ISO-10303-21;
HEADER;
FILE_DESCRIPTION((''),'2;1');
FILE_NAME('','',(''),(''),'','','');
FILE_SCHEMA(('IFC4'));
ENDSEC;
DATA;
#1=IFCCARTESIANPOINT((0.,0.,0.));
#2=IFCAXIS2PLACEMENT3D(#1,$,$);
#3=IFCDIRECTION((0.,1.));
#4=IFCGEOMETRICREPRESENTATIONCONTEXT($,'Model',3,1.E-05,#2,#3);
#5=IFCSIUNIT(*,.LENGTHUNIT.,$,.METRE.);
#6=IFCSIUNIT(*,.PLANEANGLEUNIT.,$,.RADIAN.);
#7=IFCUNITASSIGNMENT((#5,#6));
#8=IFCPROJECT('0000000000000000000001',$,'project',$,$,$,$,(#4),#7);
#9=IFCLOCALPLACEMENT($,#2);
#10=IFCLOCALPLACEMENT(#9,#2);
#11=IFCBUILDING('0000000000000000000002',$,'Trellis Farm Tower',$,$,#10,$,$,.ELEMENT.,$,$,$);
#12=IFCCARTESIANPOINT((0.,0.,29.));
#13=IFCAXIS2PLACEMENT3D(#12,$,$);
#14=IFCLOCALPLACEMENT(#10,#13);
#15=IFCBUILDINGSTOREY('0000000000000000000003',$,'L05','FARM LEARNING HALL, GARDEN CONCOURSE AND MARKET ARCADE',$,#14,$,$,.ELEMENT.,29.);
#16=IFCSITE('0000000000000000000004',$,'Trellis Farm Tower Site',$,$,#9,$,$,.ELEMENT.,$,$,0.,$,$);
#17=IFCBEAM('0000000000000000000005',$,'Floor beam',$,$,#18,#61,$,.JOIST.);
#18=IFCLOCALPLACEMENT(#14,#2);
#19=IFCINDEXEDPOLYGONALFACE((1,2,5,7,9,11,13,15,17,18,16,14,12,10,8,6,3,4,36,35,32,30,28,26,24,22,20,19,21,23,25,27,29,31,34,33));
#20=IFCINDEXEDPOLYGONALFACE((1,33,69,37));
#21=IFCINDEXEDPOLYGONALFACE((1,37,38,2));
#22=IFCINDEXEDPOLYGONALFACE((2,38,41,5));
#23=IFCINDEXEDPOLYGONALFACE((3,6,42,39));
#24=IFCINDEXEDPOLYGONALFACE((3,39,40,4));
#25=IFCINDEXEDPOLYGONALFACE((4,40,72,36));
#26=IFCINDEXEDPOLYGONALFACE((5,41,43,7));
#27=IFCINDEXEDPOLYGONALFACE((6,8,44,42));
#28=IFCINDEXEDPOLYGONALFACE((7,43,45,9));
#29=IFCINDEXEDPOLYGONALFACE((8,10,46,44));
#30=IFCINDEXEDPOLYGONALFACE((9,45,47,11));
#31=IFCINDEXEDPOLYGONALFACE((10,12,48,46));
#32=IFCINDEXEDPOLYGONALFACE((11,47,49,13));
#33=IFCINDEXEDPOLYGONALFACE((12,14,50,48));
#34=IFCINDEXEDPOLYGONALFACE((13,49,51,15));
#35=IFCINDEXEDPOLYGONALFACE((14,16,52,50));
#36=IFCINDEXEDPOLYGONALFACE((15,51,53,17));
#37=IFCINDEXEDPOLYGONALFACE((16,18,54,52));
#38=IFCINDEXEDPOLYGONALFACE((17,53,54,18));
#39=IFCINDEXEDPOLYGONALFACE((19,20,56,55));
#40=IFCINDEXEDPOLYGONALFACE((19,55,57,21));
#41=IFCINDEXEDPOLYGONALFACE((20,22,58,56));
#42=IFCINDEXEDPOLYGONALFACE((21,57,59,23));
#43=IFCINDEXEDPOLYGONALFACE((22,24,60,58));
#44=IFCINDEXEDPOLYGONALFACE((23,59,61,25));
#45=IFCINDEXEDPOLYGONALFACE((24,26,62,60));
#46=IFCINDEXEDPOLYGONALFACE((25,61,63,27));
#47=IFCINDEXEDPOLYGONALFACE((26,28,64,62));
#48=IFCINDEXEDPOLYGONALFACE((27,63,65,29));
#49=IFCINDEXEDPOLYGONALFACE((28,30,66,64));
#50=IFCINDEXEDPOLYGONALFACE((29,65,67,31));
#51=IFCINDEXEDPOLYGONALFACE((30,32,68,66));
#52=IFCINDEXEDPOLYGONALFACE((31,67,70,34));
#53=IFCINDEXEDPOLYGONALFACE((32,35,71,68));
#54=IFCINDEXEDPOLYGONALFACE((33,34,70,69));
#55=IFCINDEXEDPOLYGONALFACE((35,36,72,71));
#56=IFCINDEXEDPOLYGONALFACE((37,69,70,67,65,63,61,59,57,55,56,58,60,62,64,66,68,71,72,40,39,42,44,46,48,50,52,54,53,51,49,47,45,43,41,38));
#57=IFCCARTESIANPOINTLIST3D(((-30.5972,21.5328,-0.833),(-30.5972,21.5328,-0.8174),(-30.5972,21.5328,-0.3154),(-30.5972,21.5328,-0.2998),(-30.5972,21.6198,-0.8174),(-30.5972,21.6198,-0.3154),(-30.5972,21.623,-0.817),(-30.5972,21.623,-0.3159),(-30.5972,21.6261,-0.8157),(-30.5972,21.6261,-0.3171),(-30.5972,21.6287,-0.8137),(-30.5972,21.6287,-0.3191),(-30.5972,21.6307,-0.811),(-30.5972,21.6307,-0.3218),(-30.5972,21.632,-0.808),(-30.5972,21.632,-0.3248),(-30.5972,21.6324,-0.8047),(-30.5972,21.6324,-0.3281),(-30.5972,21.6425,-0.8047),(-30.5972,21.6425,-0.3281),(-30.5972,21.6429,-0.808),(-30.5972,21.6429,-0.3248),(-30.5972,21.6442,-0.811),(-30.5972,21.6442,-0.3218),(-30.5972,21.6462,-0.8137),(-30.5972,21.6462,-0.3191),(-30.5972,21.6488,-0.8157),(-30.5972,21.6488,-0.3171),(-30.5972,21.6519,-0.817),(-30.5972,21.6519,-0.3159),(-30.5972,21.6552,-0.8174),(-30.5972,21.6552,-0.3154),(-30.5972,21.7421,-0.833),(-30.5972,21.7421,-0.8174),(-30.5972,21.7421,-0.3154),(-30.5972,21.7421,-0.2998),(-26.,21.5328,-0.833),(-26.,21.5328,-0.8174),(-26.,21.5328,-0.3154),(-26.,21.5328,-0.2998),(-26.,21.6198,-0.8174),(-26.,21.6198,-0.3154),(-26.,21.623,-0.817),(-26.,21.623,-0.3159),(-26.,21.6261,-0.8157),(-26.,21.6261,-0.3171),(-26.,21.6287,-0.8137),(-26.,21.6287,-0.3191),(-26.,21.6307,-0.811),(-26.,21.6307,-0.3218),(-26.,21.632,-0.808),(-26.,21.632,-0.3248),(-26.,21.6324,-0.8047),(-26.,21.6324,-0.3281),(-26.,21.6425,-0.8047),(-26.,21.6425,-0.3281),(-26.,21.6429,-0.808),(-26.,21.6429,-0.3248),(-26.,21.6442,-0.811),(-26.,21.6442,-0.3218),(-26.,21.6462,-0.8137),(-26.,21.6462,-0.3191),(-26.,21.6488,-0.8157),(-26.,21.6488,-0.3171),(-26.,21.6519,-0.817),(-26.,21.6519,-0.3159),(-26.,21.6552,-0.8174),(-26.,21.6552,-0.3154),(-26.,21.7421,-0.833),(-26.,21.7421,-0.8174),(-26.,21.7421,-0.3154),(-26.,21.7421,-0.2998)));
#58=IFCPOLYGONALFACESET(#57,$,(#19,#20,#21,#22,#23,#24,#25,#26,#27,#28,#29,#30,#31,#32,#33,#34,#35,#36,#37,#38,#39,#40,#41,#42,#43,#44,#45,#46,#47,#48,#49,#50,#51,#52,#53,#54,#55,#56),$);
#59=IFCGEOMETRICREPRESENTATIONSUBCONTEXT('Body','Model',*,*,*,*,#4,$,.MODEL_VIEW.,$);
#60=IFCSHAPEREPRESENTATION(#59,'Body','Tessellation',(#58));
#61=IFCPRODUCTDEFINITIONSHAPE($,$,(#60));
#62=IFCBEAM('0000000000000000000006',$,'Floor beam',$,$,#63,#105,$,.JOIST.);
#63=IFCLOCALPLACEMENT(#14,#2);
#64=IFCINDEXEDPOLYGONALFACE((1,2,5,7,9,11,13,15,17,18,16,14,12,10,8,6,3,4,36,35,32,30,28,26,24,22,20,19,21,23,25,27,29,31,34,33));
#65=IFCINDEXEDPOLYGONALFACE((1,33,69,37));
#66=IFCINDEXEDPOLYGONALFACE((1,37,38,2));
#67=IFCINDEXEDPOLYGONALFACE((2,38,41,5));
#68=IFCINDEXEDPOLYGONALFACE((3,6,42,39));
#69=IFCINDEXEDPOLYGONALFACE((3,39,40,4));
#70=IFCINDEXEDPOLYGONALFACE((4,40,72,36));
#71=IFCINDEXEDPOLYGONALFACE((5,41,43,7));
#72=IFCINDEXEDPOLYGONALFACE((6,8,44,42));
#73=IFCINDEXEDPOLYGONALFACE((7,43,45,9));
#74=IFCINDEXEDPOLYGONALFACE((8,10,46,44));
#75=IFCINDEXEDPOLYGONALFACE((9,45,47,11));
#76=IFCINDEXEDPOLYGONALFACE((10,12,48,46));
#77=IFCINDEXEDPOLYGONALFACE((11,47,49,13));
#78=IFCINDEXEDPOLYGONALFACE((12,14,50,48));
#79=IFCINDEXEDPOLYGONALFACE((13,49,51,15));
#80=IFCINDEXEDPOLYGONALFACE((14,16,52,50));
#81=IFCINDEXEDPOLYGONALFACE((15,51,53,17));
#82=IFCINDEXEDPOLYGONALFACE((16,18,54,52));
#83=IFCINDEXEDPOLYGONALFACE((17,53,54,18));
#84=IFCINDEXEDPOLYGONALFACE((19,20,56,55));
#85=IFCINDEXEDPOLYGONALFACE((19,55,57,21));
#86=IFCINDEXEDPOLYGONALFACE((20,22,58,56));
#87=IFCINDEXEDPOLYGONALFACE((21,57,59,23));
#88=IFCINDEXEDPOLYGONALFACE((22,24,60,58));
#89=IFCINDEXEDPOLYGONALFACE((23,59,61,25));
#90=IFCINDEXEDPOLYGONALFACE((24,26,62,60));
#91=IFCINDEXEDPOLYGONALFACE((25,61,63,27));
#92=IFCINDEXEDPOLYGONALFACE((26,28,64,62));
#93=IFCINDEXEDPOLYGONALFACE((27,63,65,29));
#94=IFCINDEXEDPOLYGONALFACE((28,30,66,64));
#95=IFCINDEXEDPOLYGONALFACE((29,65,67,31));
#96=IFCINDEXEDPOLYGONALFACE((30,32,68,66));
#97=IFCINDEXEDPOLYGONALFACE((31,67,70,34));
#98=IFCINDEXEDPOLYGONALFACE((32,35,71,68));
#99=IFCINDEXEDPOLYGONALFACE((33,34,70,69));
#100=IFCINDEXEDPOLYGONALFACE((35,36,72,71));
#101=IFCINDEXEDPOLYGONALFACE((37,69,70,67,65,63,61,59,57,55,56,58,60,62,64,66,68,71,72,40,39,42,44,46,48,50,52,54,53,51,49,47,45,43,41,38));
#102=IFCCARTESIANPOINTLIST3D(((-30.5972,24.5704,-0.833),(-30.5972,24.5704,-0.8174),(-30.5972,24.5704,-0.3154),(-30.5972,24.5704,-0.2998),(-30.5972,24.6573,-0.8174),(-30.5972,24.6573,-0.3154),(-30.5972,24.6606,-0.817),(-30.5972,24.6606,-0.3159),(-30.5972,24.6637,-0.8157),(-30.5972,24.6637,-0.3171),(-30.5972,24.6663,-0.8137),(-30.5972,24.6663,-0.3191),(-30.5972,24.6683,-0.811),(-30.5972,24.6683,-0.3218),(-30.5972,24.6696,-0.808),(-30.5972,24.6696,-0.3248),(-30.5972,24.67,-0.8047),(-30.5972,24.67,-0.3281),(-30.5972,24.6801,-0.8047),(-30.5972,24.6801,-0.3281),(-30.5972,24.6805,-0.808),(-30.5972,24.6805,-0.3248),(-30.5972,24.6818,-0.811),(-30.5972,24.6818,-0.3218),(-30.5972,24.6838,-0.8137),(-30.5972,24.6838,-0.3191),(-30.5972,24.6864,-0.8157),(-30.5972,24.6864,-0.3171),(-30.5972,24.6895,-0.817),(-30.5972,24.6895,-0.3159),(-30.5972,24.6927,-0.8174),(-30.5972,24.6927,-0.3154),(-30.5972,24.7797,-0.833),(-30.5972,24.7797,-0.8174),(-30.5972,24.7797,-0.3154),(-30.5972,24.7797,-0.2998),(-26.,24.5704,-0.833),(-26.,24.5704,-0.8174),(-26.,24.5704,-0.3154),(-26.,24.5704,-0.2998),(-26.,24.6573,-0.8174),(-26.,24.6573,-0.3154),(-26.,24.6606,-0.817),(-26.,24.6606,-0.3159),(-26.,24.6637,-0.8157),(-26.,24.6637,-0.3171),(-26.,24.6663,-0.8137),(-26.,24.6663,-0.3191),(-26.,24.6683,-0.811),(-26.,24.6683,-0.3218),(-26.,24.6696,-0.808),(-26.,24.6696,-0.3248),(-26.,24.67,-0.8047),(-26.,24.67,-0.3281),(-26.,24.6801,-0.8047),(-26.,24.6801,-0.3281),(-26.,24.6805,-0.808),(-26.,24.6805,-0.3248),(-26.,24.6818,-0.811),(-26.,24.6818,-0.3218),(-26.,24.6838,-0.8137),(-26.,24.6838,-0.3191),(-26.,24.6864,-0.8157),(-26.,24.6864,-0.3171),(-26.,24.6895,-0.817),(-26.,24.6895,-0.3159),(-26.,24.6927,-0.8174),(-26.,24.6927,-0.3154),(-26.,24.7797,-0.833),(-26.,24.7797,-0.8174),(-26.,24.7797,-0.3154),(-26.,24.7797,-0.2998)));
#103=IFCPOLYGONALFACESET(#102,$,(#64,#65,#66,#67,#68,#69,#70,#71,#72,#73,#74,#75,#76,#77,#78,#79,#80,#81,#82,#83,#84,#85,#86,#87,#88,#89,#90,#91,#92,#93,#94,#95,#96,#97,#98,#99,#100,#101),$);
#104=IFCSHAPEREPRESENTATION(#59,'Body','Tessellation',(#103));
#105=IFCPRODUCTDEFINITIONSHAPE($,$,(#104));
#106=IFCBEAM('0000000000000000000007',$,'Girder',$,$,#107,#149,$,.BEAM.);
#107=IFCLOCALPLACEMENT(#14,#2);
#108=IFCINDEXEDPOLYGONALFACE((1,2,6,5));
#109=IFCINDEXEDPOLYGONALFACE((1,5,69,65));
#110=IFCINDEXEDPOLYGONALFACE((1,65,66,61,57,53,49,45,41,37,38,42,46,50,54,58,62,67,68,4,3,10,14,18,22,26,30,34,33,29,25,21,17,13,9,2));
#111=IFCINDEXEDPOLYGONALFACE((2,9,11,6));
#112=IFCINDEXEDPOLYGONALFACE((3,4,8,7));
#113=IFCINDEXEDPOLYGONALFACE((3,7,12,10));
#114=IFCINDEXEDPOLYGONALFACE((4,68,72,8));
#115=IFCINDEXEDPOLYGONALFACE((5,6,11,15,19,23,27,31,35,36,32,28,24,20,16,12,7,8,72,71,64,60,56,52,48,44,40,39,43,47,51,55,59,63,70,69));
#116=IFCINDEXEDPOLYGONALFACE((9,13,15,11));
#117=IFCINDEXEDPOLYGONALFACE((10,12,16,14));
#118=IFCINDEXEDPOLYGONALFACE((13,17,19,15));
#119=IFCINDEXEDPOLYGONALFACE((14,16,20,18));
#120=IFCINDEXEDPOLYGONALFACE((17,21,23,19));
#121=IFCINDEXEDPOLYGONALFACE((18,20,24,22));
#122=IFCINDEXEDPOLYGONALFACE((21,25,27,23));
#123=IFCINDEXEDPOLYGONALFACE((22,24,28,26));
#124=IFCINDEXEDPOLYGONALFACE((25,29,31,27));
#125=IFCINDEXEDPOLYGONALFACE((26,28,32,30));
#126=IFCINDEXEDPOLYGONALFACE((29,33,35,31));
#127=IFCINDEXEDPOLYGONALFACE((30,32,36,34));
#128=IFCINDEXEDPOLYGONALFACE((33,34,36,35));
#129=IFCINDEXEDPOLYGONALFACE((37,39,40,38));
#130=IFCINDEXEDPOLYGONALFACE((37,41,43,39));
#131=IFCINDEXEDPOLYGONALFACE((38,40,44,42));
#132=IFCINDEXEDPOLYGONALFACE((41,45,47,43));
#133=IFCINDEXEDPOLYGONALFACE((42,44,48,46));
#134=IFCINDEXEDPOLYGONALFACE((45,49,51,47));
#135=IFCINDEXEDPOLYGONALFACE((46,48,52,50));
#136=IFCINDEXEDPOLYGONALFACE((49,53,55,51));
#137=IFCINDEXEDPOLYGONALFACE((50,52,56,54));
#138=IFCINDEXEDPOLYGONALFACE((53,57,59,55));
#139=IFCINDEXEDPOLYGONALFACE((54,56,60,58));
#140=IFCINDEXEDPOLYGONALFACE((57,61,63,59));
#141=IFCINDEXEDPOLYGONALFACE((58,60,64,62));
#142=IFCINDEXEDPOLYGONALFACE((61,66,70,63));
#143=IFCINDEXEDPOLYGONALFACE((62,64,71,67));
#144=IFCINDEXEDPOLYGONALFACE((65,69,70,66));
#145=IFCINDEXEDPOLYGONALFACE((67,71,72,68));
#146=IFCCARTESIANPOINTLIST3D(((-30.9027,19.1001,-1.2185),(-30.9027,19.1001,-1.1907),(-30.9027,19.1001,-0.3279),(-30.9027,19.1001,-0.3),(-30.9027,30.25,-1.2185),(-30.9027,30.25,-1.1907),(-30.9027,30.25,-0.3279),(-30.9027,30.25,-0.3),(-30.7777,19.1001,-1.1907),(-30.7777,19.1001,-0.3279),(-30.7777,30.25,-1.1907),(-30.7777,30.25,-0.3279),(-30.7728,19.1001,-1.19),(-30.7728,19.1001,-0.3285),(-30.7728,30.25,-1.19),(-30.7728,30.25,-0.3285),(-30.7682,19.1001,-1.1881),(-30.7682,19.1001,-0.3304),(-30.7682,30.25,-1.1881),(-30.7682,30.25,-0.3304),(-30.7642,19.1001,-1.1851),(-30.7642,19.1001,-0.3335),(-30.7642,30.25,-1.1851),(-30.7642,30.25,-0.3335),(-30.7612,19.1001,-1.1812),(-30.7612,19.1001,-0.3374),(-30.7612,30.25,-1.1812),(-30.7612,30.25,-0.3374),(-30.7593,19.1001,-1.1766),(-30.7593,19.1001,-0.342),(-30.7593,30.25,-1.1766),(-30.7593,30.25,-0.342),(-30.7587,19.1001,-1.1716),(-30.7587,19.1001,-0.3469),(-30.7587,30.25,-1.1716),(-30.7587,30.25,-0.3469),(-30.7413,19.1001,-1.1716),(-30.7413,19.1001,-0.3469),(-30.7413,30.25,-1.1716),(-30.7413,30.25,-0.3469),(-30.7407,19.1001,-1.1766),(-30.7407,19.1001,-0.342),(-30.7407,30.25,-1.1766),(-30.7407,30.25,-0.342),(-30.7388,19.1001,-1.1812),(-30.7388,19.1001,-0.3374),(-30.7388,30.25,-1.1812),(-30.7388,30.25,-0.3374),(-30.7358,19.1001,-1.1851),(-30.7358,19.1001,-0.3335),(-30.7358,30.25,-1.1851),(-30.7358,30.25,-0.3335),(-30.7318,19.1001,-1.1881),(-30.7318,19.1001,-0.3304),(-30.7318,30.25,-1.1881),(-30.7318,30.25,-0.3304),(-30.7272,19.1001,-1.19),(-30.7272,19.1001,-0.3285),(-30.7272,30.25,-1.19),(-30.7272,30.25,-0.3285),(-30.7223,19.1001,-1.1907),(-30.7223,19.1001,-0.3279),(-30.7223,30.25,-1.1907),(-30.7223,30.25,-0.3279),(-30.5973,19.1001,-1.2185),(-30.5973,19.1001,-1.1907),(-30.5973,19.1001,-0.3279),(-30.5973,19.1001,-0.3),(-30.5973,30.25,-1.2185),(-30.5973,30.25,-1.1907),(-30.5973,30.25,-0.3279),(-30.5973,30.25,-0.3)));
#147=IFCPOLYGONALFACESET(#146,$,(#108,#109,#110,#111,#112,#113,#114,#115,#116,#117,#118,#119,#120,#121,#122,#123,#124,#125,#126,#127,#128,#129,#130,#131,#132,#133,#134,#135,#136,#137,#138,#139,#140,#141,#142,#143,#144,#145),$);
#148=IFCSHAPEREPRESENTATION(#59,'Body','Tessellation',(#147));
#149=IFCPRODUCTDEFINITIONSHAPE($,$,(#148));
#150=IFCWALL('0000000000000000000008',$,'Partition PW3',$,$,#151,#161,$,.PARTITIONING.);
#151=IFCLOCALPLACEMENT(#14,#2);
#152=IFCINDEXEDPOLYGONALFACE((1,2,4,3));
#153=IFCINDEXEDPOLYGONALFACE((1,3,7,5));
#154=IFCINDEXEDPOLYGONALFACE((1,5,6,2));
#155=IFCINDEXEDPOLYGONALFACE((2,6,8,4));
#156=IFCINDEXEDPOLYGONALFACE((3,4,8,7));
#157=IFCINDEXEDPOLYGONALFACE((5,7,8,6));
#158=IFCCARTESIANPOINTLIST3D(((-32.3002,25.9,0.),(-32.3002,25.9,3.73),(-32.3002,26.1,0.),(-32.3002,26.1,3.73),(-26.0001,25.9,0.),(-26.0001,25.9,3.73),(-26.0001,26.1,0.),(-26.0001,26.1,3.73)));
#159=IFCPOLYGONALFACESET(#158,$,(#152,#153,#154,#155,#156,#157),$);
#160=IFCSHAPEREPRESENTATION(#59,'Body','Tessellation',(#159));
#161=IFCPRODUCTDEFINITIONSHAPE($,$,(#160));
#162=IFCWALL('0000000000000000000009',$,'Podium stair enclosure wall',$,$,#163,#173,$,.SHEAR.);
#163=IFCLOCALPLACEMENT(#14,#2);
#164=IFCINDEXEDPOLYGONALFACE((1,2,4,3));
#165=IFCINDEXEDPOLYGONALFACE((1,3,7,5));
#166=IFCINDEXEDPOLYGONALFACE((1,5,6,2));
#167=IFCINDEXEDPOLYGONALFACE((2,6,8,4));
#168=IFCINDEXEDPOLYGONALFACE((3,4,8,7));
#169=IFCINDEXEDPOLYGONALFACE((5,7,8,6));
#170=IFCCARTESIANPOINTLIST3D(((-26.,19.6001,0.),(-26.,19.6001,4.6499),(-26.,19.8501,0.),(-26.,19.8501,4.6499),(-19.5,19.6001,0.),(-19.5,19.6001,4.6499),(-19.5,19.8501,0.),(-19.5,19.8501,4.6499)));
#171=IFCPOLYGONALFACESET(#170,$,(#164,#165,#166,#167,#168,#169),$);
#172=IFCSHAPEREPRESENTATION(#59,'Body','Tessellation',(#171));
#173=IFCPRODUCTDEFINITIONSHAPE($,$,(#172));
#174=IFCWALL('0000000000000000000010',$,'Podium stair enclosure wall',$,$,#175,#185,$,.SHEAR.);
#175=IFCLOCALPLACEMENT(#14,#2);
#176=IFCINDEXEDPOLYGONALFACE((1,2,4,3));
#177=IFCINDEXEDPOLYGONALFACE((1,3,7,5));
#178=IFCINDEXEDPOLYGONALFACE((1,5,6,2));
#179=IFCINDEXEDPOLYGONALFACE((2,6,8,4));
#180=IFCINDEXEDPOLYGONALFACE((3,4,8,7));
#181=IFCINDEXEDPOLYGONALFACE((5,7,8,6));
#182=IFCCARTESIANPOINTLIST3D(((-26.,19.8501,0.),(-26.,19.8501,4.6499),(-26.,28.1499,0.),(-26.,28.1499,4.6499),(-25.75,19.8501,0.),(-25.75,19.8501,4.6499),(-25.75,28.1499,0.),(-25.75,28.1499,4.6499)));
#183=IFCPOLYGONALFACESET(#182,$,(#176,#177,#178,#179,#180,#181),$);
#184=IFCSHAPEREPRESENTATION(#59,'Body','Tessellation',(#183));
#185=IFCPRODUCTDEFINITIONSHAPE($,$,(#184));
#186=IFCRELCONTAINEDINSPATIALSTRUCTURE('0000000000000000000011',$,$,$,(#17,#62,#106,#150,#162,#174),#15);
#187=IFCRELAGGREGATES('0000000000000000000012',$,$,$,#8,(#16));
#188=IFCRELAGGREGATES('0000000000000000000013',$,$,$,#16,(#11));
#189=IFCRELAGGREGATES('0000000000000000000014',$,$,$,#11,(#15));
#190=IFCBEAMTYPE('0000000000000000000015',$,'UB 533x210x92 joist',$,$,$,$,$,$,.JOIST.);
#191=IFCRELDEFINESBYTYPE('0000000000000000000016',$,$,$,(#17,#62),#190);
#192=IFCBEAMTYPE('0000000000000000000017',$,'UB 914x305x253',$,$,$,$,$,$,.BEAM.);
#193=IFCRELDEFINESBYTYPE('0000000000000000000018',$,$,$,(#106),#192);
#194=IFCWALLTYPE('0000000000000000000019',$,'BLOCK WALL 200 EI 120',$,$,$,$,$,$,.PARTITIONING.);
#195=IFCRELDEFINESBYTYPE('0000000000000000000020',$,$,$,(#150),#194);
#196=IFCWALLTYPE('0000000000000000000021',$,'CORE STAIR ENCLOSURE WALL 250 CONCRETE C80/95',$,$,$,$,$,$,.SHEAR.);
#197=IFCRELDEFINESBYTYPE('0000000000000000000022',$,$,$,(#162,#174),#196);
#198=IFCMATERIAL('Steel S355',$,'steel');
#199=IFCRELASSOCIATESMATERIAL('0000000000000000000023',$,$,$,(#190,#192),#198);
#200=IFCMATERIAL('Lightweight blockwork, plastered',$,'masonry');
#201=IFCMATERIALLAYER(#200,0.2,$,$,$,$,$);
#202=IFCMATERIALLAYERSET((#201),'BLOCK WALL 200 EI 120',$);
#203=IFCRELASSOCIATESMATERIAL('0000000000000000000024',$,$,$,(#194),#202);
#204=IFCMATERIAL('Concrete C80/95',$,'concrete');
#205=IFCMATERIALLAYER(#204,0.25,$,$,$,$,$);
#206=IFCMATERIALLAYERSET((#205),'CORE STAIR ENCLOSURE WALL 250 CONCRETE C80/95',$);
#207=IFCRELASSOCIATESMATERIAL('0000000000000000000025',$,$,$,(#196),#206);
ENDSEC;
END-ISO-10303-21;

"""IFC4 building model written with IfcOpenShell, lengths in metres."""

from ifc_helpers import new_model, si_unit, direction, frame, frame_2d, origin, origin_2d, place, context, subcontext, project, spatial, rectangle, i_section, extrude, source, transform, mapped, material, layer, layer_set, material_profile, profile_set, type_object, element, save


model = new_model("IFC4")

# Units and contexts
model_context = context("Model", 3, precision=1e-05, world=origin(), true_north=direction((0.0, 1.0)))
body_context = subcontext(model_context, "Body", "Model", "MODEL_VIEW")
ifc_project = project(units=[si_unit("LENGTHUNIT", "METRE"), si_unit("PLANEANGLEUNIT", "RADIAN")], contexts=[model_context])

# Site, building, storey
site_placement = place(None, origin())
site = spatial("IfcSite", under=ifc_project, at=site_placement, Name="Trellis Farm Tower Site", CompositionType="ELEMENT", RefElevation=0.0)
building_placement = place(site_placement, origin())
building = spatial("IfcBuilding", under=site, at=building_placement, Name="Trellis Farm Tower", CompositionType="ELEMENT")
storey_placement = place(building_placement, frame((0.0, 0.0, 29.0)))
storey = spatial("IfcBuildingStorey", under=building, at=storey_placement, Name="L05", Description="FARM LEARNING HALL, GARDEN CONCOURSE AND MARKET ARCADE", CompositionType="ELEMENT", Elevation=29.0)

# Beams
ifc_material_1 = material(Name="Steel S355", Category="steel")
ifc_material_profile_1 = material_profile(ifc_material_1, i_section(OverallWidth=0.2092, OverallDepth=0.5332, WebThickness=0.01, FlangeThickness=0.0156, FilletRadius=0.0127, at=origin_2d()), Name="UB 533x210x92")
ifc_profile_set_1 = profile_set([ifc_material_profile_1], Name="Steel S355")
beam_type_1 = type_object("IfcBeamType", Name="UB 533x210x92 joist", PredefinedType="JOIST", material=ifc_profile_set_1)
shared_shape_1 = source(origin(), body_context, "Body", "SweptSolid", [
    extrude(i_section(OverallWidth=0.2092, OverallDepth=0.5332, WebThickness=0.01, FlangeThickness=0.0156, FilletRadius=0.0127, at=origin_2d()), origin(), (0.0, 0.0, 1.0), 4.5972),
])
for number, where, z_axis, x_axis, name in (
    (1, (-30.5972, 21.6375, -0.5664), (1.0, 0.0, 0.0), (0.0, 1.0, 0.0), "Floor beam"),
    (2, (-30.5972, 24.675, -0.5664), (1.0, 0.0, 0.0), (0.0, 1.0, 0.0), "Floor beam"),
):
    element("IfcBeam", number, at=place(storey_placement, frame(where, z_axis=z_axis, x_axis=x_axis)), inside=storey, type_object=beam_type_1, Name=name, PredefinedType="JOIST", context=body_context, shape_type="MappedRepresentation", body=[
        mapped(shared_shape_1, transform((0.0, 0.0, 0.0))),
    ])
ifc_material_profile_2 = material_profile(ifc_material_1, i_section(OverallWidth=0.3054, OverallDepth=0.9185, WebThickness=0.0173, FlangeThickness=0.0278, FilletRadius=0.019, at=origin_2d()), Name="UB 914x305x253")
ifc_profile_set_2 = profile_set([ifc_material_profile_2], Name="Steel S355")
beam_type_2 = type_object("IfcBeamType", Name="UB 914x305x253", PredefinedType="BEAM", material=ifc_profile_set_2)
shared_shape_2 = source(origin(), body_context, "Body", "SweptSolid", [
    extrude(i_section(OverallWidth=0.3054, OverallDepth=0.9185, WebThickness=0.0173, FlangeThickness=0.0278, FilletRadius=0.019, at=origin_2d()), origin(), (0.0, 0.0, 1.0), 11.1499),
])
beam_placement = place(storey_placement, frame((-30.75, 19.1001, -0.7593), z_axis=(0.0, 1.0, 0.0), x_axis=(-1.0, 0.0, 0.0)))
element("IfcBeam", 3, at=beam_placement, inside=storey, type_object=beam_type_2, Name="Girder", PredefinedType="BEAM", context=body_context, shape_type="MappedRepresentation", body=[
    mapped(shared_shape_2, transform((0.0, 0.0, 0.0))),
])

# Walls
ifc_material_2 = material(Name="Lightweight blockwork, plastered", Category="masonry")
ifc_layer_1 = layer(ifc_material_2, 0.2)
ifc_layer_set_1 = layer_set([ifc_layer_1], Name="BLOCK WALL 200 EI 120")
wall_type_1 = type_object("IfcWallType", Name="BLOCK WALL 200 EI 120", PredefinedType="PARTITIONING", material=ifc_layer_set_1)
wall_1_placement = place(storey_placement, frame((-32.3, 26.0, 0.0), z_axis=(0.0, 0.0, 1.0), x_axis=(1.0, 0.0, 0.0)))
element("IfcWall", 4, at=wall_1_placement, inside=storey, type_object=wall_type_1, Name="Partition PW3", PredefinedType="PARTITIONING", context=body_context, shape_type="SweptSolid", body=[
    extrude(rectangle(XDim=6.3, YDim=0.2, at=frame_2d((3.1499, 0.0))), origin(), (0.0, 0.0, 1.0), 3.73),
])
ifc_material_3 = material(Name="Concrete C80/95", Category="concrete")
ifc_layer_2 = layer(ifc_material_3, 0.25)
ifc_layer_set_2 = layer_set([ifc_layer_2], Name="CORE STAIR ENCLOSURE WALL 250 CONCRETE C80/95")
wall_type_2 = type_object("IfcWallType", Name="CORE STAIR ENCLOSURE WALL 250 CONCRETE C80/95", PredefinedType="SHEAR", material=ifc_layer_set_2)
shared_shape_3 = source(origin(), body_context, "Body", "SweptSolid", [
    extrude(rectangle(XDim=6.5, YDim=0.25, at=frame_2d((3.25, 0.0))), origin(), (0.0, 0.0, 1.0), 4.6499),
])
wall_2_placement = place(storey_placement, frame((-26.0, 19.7251, 0.0), z_axis=(0.0, 0.0, 1.0), x_axis=(1.0, 0.0, 0.0)))
element("IfcWall", 5, at=wall_2_placement, inside=storey, type_object=wall_type_2, Name="Podium stair enclosure wall", PredefinedType="SHEAR", context=body_context, shape_type="MappedRepresentation", body=[
    mapped(shared_shape_3, transform((0.0, 0.0, 0.0))),
])
shared_shape_4 = source(origin(), body_context, "Body", "SweptSolid", [
    extrude(rectangle(XDim=8.2998, YDim=0.25, at=frame_2d((4.1499, 0.0))), origin(), (0.0, 0.0, 1.0), 4.6499),
])
wall_3_placement = place(storey_placement, frame((-25.875, 19.8501, 0.0), z_axis=(0.0, 0.0, 1.0), x_axis=(0.0, 1.0, 0.0)))
element("IfcWall", 6, at=wall_3_placement, inside=storey, type_object=wall_type_2, Name="Podium stair enclosure wall", PredefinedType="SHEAR", context=body_context, shape_type="MappedRepresentation", body=[
    mapped(shared_shape_4, transform((0.0, 0.0, 0.0))),
])

save(model, "model.ifc")
